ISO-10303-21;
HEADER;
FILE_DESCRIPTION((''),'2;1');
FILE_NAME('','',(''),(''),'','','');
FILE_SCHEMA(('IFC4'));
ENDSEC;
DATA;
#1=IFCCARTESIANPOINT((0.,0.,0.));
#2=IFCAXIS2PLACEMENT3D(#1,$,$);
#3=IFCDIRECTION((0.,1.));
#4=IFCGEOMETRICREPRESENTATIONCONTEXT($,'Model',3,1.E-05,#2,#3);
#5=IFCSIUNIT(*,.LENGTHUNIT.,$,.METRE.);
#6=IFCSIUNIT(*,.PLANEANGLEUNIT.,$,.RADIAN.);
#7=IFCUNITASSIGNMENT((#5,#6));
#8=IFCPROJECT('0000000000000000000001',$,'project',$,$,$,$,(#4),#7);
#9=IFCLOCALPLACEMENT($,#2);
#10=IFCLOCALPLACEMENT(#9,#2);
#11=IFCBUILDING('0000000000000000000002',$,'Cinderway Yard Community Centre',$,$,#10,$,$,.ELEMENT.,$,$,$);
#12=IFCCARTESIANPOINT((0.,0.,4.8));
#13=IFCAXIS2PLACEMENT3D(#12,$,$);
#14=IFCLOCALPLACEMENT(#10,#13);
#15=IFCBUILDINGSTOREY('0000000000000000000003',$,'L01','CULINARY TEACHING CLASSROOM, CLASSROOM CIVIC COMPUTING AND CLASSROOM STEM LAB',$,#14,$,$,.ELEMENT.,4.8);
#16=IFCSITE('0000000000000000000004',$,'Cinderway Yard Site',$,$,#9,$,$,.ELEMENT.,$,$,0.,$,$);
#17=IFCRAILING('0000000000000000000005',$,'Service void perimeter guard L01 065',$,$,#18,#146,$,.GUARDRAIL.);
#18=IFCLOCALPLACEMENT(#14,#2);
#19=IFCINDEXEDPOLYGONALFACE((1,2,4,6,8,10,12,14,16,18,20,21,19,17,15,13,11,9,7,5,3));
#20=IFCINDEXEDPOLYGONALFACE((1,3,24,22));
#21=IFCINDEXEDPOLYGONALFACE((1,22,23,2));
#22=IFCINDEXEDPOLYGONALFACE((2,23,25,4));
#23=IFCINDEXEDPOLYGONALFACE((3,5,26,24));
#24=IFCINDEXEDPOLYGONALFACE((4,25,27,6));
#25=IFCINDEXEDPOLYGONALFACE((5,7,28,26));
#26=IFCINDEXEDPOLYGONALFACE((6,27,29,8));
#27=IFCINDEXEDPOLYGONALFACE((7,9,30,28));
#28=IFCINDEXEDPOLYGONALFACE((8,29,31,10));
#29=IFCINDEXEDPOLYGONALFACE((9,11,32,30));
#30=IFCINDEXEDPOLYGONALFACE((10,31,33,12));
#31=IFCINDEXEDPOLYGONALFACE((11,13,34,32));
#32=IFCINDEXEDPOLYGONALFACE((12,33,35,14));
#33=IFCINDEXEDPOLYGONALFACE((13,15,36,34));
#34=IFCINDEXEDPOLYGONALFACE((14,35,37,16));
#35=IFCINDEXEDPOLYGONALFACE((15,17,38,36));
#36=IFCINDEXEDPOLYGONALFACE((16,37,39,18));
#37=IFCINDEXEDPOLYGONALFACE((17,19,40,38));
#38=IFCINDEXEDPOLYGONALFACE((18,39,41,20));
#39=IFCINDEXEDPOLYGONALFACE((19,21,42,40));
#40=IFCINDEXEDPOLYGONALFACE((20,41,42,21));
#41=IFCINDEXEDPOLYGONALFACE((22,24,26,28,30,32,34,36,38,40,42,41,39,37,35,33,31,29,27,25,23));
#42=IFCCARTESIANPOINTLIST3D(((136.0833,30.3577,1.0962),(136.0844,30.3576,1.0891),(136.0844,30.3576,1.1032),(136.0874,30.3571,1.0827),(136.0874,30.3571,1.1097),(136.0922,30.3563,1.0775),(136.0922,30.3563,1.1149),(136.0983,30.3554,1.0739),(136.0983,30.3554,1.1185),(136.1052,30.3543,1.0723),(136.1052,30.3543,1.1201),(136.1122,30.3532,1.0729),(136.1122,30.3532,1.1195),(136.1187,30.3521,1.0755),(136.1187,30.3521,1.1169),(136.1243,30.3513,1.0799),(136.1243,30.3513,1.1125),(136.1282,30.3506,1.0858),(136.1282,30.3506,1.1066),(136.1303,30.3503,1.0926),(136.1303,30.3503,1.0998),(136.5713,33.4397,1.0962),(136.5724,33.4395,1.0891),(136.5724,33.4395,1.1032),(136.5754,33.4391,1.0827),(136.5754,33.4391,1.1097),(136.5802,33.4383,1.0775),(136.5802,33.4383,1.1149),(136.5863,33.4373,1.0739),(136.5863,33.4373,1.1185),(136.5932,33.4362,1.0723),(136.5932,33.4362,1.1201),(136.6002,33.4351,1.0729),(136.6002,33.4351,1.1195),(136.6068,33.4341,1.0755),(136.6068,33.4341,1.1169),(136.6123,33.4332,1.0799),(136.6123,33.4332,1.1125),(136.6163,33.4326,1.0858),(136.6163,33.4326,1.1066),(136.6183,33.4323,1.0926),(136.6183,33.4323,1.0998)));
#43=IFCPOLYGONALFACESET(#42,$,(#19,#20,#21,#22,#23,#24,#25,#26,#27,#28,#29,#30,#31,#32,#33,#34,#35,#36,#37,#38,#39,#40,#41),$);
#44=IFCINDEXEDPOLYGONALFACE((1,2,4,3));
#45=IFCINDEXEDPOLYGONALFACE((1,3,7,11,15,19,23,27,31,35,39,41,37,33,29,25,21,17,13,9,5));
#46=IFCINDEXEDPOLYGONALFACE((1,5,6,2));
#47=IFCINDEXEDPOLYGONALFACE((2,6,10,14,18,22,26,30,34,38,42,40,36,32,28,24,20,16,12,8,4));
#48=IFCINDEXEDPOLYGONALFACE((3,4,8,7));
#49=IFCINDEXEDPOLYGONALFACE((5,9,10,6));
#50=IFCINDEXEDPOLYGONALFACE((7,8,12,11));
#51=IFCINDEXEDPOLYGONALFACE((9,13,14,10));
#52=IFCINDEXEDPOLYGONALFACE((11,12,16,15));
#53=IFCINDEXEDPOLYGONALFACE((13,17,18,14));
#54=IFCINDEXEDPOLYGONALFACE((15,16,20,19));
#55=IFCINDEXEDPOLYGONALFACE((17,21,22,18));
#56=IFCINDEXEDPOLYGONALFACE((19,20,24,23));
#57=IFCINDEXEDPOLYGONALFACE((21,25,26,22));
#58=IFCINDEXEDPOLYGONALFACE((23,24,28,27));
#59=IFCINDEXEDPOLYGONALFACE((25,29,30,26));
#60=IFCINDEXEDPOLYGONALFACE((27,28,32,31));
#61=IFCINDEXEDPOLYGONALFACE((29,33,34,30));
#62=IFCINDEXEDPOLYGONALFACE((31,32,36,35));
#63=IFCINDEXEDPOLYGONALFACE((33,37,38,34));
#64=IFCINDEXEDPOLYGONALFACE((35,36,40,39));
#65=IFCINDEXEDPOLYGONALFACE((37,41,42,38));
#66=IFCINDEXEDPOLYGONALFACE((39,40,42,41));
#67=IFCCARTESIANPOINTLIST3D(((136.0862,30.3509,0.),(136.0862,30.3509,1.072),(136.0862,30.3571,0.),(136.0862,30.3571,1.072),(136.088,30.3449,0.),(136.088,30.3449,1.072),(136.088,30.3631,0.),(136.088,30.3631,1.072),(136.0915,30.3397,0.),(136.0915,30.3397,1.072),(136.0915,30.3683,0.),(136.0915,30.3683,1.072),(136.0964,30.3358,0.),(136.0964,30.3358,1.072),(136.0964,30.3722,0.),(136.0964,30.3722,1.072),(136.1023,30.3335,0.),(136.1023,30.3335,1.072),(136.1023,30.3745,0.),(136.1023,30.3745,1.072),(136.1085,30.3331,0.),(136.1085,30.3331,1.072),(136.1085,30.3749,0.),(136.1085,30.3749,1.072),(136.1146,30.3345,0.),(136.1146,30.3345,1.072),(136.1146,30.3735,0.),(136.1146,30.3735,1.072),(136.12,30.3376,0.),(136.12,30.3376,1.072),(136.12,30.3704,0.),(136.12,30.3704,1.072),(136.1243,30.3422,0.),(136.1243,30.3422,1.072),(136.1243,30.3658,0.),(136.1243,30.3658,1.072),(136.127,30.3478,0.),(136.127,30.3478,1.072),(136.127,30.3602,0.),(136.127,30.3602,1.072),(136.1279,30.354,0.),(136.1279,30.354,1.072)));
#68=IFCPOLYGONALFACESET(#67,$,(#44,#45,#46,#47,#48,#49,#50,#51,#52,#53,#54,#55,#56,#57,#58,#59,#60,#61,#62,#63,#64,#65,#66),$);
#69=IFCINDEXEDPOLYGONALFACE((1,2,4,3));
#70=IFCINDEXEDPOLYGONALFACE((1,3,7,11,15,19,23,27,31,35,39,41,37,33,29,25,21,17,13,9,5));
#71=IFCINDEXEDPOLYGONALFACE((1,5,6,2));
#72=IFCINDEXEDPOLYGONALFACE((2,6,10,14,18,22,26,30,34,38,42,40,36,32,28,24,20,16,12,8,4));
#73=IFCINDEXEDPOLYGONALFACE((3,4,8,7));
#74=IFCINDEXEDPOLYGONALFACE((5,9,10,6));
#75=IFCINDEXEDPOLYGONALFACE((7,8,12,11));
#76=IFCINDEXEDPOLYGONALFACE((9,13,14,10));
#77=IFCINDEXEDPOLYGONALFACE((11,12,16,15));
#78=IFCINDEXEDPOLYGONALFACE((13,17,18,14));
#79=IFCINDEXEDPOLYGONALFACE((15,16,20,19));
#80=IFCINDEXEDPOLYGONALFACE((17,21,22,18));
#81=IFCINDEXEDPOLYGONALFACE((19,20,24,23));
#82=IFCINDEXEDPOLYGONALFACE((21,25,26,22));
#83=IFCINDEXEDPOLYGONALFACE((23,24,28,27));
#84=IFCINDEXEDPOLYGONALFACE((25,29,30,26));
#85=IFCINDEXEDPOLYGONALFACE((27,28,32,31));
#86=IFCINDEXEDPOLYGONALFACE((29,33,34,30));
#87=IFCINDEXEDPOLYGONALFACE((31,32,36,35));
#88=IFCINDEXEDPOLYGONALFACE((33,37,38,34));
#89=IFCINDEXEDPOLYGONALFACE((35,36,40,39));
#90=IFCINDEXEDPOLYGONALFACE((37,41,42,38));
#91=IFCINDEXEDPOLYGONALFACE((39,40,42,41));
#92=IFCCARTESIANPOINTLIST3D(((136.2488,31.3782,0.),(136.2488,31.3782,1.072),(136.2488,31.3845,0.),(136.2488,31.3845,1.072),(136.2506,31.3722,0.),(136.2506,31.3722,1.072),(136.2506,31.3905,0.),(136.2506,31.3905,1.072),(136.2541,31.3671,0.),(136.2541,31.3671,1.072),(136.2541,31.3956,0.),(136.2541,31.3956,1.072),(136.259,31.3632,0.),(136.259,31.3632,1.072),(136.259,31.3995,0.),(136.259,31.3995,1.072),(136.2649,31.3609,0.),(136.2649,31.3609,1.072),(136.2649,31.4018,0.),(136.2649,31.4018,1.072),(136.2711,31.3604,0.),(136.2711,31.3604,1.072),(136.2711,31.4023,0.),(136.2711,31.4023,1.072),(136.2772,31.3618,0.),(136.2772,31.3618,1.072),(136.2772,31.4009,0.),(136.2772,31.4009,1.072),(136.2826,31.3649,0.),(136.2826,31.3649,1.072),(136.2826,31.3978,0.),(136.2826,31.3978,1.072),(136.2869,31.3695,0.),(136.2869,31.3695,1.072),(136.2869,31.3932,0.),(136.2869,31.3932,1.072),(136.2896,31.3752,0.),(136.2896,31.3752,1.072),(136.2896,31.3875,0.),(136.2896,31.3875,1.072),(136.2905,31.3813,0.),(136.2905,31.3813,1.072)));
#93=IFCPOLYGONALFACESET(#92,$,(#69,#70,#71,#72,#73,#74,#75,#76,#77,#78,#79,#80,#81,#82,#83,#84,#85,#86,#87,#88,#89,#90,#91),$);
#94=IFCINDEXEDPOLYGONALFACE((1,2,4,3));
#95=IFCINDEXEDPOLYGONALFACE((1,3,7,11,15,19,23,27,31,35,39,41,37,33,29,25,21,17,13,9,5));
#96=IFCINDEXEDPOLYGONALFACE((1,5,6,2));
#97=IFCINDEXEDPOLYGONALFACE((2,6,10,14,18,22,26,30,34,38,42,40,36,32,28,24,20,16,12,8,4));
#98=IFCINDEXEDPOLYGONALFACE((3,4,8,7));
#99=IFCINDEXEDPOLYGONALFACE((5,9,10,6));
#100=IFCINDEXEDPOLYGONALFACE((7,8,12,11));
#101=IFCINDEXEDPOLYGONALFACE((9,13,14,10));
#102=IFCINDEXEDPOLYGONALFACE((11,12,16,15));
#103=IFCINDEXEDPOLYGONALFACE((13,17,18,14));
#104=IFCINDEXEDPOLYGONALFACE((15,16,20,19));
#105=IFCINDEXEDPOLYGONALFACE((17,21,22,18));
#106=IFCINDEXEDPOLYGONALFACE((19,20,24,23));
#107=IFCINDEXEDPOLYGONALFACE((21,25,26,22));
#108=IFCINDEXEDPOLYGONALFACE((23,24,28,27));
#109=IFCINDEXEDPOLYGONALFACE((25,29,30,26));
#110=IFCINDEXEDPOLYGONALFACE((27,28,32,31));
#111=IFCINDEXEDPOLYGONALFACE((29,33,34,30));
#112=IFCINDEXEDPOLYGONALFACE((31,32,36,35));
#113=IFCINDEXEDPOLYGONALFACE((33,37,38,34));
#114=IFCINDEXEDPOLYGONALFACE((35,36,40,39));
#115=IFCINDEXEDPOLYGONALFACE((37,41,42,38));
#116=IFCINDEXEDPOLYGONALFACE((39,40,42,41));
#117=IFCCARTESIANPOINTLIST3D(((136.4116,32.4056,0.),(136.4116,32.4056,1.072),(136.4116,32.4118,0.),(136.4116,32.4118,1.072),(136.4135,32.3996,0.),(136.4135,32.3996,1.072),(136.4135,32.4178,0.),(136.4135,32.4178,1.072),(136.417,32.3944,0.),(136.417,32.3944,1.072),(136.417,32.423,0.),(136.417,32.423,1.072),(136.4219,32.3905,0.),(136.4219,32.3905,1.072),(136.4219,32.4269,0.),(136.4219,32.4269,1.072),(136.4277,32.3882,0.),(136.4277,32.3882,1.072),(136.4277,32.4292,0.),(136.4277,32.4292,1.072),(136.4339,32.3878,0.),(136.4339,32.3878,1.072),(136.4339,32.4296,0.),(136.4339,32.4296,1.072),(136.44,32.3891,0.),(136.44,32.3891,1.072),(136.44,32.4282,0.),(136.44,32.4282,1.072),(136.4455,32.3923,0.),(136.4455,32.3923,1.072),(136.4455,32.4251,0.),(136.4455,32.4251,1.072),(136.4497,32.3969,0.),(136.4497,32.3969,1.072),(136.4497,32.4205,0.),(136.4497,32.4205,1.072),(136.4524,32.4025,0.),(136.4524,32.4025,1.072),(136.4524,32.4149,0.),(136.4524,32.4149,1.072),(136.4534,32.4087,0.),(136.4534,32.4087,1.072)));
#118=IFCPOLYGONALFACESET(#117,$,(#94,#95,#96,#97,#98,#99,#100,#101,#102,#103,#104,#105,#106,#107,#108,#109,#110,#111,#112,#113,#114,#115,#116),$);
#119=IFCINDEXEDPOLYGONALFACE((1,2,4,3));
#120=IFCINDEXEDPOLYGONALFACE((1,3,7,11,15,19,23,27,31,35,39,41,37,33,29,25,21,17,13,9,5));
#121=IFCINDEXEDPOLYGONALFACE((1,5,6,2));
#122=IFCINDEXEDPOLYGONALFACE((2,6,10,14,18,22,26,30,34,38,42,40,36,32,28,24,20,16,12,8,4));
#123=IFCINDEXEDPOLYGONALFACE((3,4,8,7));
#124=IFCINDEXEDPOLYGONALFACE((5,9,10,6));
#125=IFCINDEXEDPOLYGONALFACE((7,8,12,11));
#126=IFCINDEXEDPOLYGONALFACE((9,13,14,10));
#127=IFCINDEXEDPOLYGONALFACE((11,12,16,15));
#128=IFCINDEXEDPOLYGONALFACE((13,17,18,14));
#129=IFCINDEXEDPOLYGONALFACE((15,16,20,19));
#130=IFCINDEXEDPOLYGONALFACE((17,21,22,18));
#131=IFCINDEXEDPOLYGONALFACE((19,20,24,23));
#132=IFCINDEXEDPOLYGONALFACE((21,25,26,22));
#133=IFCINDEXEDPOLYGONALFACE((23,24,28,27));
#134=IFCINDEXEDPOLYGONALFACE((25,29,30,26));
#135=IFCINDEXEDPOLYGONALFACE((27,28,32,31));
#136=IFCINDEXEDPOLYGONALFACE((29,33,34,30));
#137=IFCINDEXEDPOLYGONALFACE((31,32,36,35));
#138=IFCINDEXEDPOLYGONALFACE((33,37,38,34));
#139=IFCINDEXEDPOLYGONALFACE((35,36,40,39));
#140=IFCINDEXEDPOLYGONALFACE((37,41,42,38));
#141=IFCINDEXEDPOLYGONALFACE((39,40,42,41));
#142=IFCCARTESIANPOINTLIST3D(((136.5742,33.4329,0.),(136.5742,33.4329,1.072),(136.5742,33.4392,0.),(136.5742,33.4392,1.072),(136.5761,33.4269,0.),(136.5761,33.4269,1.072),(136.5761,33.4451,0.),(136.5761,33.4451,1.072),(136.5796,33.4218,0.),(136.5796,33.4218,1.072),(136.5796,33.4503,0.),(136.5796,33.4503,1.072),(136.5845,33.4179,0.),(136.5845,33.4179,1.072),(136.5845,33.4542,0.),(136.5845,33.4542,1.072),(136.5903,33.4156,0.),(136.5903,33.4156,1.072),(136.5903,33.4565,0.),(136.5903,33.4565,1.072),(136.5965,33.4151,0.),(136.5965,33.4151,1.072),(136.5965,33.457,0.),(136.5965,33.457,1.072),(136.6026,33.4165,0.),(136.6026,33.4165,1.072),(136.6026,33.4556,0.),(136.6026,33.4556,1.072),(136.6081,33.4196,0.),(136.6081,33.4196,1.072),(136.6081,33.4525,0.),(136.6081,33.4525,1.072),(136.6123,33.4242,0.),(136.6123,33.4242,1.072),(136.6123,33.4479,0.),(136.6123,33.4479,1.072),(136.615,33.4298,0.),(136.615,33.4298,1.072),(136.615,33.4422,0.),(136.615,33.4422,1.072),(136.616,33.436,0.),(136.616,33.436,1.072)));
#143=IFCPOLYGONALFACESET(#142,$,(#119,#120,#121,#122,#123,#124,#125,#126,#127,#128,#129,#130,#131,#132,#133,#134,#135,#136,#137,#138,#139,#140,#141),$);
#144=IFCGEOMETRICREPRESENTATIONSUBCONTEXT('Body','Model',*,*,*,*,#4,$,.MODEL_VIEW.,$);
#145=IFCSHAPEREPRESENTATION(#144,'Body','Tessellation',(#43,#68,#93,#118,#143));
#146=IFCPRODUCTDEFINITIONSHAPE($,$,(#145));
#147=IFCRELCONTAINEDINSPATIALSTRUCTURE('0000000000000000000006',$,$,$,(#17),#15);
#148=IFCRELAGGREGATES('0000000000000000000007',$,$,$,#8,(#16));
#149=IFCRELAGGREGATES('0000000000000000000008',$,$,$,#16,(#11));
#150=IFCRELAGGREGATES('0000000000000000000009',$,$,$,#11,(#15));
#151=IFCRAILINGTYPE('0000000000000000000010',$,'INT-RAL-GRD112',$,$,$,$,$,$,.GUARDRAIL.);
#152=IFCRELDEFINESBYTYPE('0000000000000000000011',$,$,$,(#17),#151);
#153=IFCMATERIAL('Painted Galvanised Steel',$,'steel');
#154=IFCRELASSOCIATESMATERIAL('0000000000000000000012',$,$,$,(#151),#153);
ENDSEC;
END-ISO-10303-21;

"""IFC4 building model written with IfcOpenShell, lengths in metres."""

from ifc_helpers import new_model, si_unit, direction, frame, origin, origin_2d, place, context, subcontext, project, spatial, circle, extrude, material, type_object, element, save


model = new_model("IFC4")

# Units and contexts
model_context = context("Model", 3, precision=1e-05, world=origin(), true_north=direction((0.0, 1.0)))
body_context = subcontext(model_context, "Body", "Model", "MODEL_VIEW")
ifc_project = project(units=[si_unit("LENGTHUNIT", "METRE"), si_unit("PLANEANGLEUNIT", "RADIAN")], contexts=[model_context])

# Site, building, storey
site_placement = place(None, origin())
site = spatial("IfcSite", under=ifc_project, at=site_placement, Name="Cinderway Yard Site", CompositionType="ELEMENT", RefElevation=0.0)
building_placement = place(site_placement, origin())
building = spatial("IfcBuilding", under=site, at=building_placement, Name="Cinderway Yard Community Centre", CompositionType="ELEMENT")
storey_placement = place(building_placement, frame((0.0, 0.0, 4.8)))
storey = spatial("IfcBuildingStorey", under=building, at=storey_placement, Name="L01", Description="CULINARY TEACHING CLASSROOM, CLASSROOM CIVIC COMPUTING AND CLASSROOM STEM LAB", CompositionType="ELEMENT", Elevation=4.8)

# Railing
ifc_material_1 = material(Name="Painted Galvanised Steel", Category="steel")
railing_type = type_object("IfcRailingType", Name="INT-RAL-GRD112", PredefinedType="GUARDRAIL", material=ifc_material_1)
railing_placement = place(storey_placement, frame((136.1069, 30.354, 0.0)))
element("IfcRailing", 1, at=railing_placement, inside=storey, type_object=railing_type, Name="Service void perimeter guard L01 065", PredefinedType="GUARDRAIL", context=body_context, shape_type="SweptSolid", body=[
    extrude(circle(Radius=0.0239, at=origin_2d()), frame((0.0, 0.0, 1.0962), z_axis=(0.1564, 0.987694, 0.0), x_axis=(-0.987694, 0.1564, 0.0)), (0.0, 0.0, 1.0), 3.1204),
    extrude(circle(Radius=0.021, at=origin_2d()), origin(), (0.0, 0.0, 1.0), 1.072),
    extrude(circle(Radius=0.021, at=origin_2d()), frame((0.1626, 1.0273, 0.0)), (0.0, 0.0, 1.0), 1.072),
    extrude(circle(Radius=0.021, at=origin_2d()), frame((0.3254, 2.0547, 0.0)), (0.0, 0.0, 1.0), 1.072),
    extrude(circle(Radius=0.021, at=origin_2d()), frame((0.488, 3.082, 0.0)), (0.0, 0.0, 1.0), 1.072),
])

save(model, "model.ifc")
